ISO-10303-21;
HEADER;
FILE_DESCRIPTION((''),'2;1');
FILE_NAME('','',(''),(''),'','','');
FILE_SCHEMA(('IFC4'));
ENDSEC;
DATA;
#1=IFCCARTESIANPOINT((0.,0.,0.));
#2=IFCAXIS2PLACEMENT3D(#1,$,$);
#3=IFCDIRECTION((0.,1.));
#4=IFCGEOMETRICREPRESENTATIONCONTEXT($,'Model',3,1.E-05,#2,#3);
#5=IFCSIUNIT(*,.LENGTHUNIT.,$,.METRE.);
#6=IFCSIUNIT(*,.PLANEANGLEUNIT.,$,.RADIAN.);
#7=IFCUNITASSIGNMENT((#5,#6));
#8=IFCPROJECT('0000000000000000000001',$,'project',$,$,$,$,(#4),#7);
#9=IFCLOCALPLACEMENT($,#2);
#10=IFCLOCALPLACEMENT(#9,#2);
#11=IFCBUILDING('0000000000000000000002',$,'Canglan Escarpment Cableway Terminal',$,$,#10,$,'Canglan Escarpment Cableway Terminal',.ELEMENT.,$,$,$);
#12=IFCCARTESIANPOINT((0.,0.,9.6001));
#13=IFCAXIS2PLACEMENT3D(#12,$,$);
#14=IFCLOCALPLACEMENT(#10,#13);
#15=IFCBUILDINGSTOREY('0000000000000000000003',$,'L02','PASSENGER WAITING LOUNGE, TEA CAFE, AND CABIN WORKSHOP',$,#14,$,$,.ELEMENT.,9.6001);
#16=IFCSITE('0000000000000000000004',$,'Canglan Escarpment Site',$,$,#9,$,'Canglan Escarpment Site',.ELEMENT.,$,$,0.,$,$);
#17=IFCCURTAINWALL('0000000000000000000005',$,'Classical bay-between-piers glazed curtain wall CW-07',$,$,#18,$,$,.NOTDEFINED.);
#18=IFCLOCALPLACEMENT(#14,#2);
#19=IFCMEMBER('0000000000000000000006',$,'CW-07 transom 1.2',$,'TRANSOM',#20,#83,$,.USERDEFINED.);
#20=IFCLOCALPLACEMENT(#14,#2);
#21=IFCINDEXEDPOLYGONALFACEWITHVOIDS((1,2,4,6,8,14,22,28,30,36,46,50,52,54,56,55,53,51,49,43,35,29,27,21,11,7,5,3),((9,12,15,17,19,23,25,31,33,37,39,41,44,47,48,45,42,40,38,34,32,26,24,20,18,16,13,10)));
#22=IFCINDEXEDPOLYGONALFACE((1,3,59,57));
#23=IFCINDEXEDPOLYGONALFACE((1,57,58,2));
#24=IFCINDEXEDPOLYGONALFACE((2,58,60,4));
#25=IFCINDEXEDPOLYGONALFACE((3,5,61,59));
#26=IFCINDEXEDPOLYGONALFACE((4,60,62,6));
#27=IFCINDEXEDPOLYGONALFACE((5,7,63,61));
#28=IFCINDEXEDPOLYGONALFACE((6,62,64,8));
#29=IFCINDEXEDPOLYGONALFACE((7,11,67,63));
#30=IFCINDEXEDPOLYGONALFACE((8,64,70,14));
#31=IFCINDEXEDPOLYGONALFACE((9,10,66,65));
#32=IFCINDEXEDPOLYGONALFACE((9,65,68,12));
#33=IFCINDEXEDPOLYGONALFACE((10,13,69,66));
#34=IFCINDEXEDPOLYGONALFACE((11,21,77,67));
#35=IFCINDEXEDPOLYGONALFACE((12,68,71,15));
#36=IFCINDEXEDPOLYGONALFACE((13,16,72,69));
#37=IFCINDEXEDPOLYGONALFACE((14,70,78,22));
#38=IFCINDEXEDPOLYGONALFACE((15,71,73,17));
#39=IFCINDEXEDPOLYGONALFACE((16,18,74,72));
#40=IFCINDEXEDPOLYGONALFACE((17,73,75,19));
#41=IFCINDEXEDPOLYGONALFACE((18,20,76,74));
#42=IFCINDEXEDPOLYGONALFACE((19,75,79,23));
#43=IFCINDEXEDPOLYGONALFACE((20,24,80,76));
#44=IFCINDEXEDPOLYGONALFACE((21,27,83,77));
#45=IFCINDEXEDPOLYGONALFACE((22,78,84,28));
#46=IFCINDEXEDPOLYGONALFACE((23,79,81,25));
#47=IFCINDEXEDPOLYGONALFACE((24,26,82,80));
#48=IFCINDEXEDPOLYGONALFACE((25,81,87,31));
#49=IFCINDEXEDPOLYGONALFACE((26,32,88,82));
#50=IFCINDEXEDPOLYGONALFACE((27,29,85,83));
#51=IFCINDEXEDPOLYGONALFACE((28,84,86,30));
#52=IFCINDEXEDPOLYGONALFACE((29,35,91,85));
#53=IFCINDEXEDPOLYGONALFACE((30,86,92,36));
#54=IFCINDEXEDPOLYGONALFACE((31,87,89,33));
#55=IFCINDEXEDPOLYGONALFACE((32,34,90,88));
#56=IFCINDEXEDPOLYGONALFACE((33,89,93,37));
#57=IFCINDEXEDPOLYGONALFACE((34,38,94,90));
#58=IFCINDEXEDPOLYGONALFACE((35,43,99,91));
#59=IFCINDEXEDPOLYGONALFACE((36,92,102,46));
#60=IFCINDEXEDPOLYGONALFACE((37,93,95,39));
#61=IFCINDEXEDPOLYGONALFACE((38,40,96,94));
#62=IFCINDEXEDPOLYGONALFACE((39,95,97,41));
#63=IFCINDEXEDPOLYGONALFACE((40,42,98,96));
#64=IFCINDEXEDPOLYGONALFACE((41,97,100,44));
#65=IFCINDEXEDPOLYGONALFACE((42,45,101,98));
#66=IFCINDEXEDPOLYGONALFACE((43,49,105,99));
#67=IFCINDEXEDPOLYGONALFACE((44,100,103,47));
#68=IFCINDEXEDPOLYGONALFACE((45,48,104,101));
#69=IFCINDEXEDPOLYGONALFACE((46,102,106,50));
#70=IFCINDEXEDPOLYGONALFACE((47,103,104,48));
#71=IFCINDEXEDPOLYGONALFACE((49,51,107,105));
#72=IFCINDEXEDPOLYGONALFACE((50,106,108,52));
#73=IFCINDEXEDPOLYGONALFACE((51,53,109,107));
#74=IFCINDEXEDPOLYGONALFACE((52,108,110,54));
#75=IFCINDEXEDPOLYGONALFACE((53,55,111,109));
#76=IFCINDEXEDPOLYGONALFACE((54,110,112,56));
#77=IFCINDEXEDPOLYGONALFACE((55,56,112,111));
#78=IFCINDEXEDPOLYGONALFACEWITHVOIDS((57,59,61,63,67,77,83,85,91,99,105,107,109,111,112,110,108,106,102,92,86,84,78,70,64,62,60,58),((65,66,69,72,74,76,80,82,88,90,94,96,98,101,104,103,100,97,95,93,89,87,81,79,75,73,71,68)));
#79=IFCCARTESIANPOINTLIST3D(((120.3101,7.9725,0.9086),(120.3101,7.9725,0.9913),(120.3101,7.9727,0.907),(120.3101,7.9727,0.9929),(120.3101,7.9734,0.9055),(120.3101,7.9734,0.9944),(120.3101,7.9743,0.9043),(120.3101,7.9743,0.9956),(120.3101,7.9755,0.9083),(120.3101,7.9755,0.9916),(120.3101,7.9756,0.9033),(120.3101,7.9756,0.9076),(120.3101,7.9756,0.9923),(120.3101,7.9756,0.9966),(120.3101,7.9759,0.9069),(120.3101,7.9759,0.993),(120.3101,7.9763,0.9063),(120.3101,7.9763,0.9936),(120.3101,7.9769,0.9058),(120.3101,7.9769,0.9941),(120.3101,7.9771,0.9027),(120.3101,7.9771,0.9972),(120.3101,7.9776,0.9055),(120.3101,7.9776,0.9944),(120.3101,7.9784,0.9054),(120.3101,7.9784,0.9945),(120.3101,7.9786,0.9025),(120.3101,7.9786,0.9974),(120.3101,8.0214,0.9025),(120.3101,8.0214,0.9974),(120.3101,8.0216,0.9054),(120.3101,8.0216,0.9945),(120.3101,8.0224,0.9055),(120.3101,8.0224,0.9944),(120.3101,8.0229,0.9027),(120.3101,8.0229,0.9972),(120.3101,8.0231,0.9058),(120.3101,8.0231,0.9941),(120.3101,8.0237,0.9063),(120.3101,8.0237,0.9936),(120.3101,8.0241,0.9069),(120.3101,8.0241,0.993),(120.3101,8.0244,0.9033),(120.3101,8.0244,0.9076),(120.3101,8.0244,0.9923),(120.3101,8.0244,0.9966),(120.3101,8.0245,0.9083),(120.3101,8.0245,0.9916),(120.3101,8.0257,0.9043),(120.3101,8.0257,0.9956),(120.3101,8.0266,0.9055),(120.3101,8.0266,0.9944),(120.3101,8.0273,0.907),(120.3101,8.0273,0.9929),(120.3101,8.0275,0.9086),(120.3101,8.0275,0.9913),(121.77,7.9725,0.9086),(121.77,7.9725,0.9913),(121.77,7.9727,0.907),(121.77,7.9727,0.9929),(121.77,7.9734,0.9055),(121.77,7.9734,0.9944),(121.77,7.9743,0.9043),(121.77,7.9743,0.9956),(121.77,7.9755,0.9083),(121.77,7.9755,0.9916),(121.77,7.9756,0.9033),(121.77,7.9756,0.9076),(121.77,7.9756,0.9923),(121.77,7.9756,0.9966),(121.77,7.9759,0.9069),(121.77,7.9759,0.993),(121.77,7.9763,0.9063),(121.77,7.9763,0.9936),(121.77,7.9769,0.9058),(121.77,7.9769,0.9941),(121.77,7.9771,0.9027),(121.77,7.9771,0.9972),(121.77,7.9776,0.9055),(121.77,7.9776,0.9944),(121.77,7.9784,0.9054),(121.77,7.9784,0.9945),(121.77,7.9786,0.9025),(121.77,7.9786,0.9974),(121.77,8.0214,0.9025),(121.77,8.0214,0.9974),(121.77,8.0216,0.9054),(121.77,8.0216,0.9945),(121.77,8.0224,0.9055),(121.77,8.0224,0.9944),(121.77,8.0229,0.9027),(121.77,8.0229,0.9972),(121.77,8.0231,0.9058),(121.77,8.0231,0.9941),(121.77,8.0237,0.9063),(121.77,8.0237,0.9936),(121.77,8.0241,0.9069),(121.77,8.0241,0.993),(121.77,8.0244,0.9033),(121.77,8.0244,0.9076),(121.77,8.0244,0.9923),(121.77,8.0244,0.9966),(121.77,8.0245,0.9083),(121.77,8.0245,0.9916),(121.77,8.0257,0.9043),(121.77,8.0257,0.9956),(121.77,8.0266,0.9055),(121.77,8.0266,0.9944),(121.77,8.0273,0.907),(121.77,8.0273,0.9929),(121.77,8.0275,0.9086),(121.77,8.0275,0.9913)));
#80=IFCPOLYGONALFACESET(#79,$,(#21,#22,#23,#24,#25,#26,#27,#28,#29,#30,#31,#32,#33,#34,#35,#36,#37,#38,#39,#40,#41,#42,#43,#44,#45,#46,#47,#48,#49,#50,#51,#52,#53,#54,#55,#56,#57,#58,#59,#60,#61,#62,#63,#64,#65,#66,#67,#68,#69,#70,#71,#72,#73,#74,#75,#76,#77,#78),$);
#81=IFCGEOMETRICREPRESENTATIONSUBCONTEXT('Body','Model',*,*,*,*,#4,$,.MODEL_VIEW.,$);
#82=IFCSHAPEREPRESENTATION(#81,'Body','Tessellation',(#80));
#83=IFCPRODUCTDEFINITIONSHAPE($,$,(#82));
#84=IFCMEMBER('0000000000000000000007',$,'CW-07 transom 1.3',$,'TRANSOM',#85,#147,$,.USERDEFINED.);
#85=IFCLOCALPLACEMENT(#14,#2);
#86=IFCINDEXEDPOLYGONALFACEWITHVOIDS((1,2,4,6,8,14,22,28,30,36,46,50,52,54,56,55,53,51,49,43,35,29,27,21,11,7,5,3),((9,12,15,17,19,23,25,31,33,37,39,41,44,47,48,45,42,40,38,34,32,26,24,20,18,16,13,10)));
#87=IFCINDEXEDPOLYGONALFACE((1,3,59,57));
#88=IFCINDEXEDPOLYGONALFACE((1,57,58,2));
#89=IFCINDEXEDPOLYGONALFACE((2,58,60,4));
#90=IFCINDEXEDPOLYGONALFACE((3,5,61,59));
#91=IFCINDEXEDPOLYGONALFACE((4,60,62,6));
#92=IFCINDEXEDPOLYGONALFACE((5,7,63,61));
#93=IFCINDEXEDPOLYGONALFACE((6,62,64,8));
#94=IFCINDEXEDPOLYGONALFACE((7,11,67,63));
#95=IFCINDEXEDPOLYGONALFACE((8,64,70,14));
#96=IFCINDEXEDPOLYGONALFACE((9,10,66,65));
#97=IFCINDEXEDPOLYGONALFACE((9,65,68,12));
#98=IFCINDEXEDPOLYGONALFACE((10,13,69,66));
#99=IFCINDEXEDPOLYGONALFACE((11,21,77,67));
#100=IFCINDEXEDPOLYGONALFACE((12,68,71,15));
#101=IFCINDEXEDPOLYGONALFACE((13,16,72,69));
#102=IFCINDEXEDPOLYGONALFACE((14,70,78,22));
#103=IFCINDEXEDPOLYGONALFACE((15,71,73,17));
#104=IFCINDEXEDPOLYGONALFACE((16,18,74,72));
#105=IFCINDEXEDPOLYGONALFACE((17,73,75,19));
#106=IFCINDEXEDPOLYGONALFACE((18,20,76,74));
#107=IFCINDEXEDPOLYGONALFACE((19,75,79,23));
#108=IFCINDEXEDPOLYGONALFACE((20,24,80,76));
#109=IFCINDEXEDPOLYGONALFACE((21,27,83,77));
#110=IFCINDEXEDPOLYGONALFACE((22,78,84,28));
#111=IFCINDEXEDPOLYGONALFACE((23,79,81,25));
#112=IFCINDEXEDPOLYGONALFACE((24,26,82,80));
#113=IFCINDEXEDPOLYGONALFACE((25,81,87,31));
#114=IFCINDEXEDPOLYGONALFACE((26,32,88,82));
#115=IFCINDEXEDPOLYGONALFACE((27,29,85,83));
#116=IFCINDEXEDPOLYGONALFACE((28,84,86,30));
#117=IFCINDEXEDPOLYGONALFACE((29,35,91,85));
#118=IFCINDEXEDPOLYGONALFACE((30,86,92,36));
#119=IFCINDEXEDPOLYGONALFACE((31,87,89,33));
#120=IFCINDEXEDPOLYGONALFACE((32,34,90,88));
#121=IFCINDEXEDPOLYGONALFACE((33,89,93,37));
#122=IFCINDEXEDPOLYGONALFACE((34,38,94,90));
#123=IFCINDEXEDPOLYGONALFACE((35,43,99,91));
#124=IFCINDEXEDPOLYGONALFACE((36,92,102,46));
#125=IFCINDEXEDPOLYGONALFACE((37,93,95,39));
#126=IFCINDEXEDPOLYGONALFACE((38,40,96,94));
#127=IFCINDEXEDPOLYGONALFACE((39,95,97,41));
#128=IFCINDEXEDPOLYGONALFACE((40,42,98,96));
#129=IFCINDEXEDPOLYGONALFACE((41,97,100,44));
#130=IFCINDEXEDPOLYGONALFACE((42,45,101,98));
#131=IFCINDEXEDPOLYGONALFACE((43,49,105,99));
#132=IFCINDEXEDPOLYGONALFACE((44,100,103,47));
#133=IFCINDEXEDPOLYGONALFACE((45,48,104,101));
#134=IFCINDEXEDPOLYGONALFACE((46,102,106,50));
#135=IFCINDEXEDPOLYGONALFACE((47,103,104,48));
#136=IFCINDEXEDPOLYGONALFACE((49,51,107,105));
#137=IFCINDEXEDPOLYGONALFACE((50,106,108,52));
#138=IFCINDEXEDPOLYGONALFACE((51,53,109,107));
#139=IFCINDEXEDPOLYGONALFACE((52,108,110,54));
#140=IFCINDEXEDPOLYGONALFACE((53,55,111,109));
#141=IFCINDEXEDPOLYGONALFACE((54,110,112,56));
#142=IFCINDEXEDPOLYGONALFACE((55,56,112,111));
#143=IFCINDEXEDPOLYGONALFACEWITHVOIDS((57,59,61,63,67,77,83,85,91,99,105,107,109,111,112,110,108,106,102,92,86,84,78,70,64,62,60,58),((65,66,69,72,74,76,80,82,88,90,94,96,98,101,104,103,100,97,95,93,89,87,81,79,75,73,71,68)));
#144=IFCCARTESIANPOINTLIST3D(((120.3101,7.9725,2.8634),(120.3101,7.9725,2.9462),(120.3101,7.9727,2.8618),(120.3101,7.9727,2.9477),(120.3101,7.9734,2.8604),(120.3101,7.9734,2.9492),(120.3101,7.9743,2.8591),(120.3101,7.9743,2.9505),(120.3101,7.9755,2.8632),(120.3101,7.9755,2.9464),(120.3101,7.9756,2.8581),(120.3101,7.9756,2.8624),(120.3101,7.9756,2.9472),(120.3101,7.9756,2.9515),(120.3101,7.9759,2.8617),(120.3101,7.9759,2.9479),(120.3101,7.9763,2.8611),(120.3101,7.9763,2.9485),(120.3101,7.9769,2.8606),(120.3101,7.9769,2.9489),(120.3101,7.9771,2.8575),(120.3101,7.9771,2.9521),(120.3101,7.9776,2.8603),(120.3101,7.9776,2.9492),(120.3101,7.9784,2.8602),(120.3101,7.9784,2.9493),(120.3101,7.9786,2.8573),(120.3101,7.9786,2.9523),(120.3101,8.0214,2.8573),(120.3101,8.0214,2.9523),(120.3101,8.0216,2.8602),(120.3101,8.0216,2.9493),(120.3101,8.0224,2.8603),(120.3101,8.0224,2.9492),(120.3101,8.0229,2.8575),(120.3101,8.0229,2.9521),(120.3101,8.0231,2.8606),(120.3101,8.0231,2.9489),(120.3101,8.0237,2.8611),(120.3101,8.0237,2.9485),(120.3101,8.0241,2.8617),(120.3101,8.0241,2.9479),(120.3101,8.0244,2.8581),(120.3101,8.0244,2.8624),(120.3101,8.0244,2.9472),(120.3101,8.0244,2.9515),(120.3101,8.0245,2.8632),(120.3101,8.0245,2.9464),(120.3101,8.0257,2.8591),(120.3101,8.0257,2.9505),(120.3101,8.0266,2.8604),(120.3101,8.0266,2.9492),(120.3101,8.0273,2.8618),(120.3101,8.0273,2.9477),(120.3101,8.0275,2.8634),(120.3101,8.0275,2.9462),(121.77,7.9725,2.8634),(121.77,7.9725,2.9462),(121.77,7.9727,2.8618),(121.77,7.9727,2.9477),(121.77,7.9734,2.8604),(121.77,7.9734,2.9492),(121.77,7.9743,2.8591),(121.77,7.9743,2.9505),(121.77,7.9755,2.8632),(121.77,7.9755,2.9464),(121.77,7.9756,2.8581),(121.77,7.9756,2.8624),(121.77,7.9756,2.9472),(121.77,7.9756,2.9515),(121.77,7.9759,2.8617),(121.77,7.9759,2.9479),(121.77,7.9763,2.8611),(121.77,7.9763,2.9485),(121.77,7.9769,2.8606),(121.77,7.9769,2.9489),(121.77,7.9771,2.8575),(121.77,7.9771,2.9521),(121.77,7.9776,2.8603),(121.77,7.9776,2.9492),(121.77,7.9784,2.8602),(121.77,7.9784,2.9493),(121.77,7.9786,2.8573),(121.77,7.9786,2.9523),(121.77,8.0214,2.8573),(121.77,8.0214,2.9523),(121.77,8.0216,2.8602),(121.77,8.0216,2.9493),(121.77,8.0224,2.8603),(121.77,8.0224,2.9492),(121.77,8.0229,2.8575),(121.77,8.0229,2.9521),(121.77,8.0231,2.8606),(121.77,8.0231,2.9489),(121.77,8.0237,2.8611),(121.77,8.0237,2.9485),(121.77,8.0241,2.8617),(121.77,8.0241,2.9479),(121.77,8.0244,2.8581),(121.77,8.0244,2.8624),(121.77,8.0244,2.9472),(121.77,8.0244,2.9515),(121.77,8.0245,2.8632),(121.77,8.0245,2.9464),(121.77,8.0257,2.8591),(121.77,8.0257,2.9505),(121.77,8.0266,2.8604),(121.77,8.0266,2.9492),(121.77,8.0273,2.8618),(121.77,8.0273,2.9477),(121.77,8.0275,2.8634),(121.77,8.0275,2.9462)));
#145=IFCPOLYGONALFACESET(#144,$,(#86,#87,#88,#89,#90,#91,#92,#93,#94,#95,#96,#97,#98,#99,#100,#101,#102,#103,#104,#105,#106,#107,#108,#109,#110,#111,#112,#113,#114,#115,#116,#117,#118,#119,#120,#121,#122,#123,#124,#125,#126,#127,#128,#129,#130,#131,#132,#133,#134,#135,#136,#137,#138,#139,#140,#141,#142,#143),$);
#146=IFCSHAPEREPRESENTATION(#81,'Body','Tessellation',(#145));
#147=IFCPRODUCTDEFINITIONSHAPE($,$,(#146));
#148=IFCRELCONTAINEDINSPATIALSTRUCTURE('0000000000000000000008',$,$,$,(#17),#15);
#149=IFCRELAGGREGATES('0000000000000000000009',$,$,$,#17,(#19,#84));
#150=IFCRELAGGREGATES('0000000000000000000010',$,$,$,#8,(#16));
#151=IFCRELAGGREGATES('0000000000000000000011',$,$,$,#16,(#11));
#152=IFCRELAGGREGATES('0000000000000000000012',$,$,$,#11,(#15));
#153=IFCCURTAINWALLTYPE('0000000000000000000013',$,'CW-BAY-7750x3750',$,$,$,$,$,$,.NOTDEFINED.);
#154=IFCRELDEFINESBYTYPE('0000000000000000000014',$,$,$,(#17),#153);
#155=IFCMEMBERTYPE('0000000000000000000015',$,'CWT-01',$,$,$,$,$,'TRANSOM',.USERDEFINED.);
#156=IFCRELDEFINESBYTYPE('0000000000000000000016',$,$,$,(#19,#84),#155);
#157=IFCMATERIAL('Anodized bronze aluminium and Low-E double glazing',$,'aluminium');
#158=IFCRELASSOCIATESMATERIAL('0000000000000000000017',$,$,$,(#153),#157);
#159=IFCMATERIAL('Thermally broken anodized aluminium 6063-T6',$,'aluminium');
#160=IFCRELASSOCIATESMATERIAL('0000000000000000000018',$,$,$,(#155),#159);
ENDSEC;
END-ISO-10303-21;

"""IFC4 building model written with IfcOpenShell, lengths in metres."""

from ifc_helpers import new_model, si_unit, direction, frame, origin, origin_2d, place, context, subcontext, project, spatial, hollow_rectangle, extrude, material, material_profile, profile_set, type_object, element, aggregate, save


model = new_model("IFC4")

# Units and contexts
model_context = context("Model", 3, precision=1e-05, world=origin(), true_north=direction((0.0, 1.0)))
body_context = subcontext(model_context, "Body", "Model", "MODEL_VIEW")
ifc_project = project(units=[si_unit("LENGTHUNIT", "METRE"), si_unit("PLANEANGLEUNIT", "RADIAN")], contexts=[model_context])

# Site, building, storey
site_placement = place(None, origin())
site = spatial("IfcSite", under=ifc_project, at=site_placement, Name="Canglan Escarpment Site", LongName="Canglan Escarpment Site", CompositionType="ELEMENT", RefElevation=0.0)
building_placement = place(site_placement, origin())
building = spatial("IfcBuilding", under=site, at=building_placement, Name="Canglan Escarpment Cableway Terminal", LongName="Canglan Escarpment Cableway Terminal", CompositionType="ELEMENT")
storey_placement = place(building_placement, frame((0.0, 0.0, 9.6001)))
storey = spatial("IfcBuildingStorey", under=building, at=storey_placement, Name="L02", Description="PASSENGER WAITING LOUNGE, TEA CAFE, AND CABIN WORKSHOP", CompositionType="ELEMENT", Elevation=9.6001)

# Curtain wall, members
ifc_material_1 = material(Name="Anodized bronze aluminium and Low-E double glazing", Category="aluminium")
curtain_wall_type = type_object("IfcCurtainWallType", Name="CW-BAY-7750x3750", PredefinedType="NOTDEFINED", material=ifc_material_1)
curtain_wall_placement = place(storey_placement, origin())
curtain_wall = element("IfcCurtainWall", 1, at=curtain_wall_placement, inside=storey, type_object=curtain_wall_type, Name="Classical bay-between-piers glazed curtain wall CW-07", PredefinedType="NOTDEFINED")
ifc_material_2 = material(Name="Thermally broken anodized aluminium 6063-T6", Category="aluminium")
ifc_material_profile_1 = material_profile(ifc_material_2, hollow_rectangle(XDim=0.0549, YDim=0.095, WallThickness=0.0029, InnerFilletRadius=0.0029, OuterFilletRadius=0.0061, at=origin_2d()), Name="ALU-TRAN 55x95x3")
ifc_profile_set_1 = profile_set([ifc_material_profile_1], Name="Thermally broken anodized aluminium 6063-T6")
member_type_1 = type_object("IfcMemberType", Name="CWT-01", ElementType="TRANSOM", PredefinedType="USERDEFINED", material=ifc_profile_set_1)
member_1_placement = place(storey_placement, frame((120.3101, 8.0, 0.95), z_axis=(1.0, 0.0, 0.0), x_axis=(0.0, 1.0, 0.0)))
member_1 = element("IfcMember", 2, at=member_1_placement, type_object=member_type_1, Name="CW-07 transom 1.2", ObjectType="TRANSOM", PredefinedType="USERDEFINED", context=body_context, shape_type="SweptSolid", body=[
    extrude(hollow_rectangle(XDim=0.0549, YDim=0.095, WallThickness=0.0029, InnerFilletRadius=0.0029, OuterFilletRadius=0.0061, at=origin_2d()), origin(), (0.0, 0.0, 1.0), 1.46),
])
member_2_placement = place(storey_placement, frame((120.3101, 8.0, 2.9048), z_axis=(1.0, 0.0, 0.0), x_axis=(0.0, 1.0, 0.0)))
member_2 = element("IfcMember", 3, at=member_2_placement, type_object=member_type_1, Name="CW-07 transom 1.3", ObjectType="TRANSOM", PredefinedType="USERDEFINED", context=body_context, shape_type="SweptSolid", body=[
    extrude(hollow_rectangle(XDim=0.0549, YDim=0.095, WallThickness=0.0029, InnerFilletRadius=0.0029, OuterFilletRadius=0.0061, at=origin_2d()), origin(), (0.0, 0.0, 1.0), 1.46),
])

aggregate(curtain_wall, [member_1, member_2])

save(model, "model.ifc")
